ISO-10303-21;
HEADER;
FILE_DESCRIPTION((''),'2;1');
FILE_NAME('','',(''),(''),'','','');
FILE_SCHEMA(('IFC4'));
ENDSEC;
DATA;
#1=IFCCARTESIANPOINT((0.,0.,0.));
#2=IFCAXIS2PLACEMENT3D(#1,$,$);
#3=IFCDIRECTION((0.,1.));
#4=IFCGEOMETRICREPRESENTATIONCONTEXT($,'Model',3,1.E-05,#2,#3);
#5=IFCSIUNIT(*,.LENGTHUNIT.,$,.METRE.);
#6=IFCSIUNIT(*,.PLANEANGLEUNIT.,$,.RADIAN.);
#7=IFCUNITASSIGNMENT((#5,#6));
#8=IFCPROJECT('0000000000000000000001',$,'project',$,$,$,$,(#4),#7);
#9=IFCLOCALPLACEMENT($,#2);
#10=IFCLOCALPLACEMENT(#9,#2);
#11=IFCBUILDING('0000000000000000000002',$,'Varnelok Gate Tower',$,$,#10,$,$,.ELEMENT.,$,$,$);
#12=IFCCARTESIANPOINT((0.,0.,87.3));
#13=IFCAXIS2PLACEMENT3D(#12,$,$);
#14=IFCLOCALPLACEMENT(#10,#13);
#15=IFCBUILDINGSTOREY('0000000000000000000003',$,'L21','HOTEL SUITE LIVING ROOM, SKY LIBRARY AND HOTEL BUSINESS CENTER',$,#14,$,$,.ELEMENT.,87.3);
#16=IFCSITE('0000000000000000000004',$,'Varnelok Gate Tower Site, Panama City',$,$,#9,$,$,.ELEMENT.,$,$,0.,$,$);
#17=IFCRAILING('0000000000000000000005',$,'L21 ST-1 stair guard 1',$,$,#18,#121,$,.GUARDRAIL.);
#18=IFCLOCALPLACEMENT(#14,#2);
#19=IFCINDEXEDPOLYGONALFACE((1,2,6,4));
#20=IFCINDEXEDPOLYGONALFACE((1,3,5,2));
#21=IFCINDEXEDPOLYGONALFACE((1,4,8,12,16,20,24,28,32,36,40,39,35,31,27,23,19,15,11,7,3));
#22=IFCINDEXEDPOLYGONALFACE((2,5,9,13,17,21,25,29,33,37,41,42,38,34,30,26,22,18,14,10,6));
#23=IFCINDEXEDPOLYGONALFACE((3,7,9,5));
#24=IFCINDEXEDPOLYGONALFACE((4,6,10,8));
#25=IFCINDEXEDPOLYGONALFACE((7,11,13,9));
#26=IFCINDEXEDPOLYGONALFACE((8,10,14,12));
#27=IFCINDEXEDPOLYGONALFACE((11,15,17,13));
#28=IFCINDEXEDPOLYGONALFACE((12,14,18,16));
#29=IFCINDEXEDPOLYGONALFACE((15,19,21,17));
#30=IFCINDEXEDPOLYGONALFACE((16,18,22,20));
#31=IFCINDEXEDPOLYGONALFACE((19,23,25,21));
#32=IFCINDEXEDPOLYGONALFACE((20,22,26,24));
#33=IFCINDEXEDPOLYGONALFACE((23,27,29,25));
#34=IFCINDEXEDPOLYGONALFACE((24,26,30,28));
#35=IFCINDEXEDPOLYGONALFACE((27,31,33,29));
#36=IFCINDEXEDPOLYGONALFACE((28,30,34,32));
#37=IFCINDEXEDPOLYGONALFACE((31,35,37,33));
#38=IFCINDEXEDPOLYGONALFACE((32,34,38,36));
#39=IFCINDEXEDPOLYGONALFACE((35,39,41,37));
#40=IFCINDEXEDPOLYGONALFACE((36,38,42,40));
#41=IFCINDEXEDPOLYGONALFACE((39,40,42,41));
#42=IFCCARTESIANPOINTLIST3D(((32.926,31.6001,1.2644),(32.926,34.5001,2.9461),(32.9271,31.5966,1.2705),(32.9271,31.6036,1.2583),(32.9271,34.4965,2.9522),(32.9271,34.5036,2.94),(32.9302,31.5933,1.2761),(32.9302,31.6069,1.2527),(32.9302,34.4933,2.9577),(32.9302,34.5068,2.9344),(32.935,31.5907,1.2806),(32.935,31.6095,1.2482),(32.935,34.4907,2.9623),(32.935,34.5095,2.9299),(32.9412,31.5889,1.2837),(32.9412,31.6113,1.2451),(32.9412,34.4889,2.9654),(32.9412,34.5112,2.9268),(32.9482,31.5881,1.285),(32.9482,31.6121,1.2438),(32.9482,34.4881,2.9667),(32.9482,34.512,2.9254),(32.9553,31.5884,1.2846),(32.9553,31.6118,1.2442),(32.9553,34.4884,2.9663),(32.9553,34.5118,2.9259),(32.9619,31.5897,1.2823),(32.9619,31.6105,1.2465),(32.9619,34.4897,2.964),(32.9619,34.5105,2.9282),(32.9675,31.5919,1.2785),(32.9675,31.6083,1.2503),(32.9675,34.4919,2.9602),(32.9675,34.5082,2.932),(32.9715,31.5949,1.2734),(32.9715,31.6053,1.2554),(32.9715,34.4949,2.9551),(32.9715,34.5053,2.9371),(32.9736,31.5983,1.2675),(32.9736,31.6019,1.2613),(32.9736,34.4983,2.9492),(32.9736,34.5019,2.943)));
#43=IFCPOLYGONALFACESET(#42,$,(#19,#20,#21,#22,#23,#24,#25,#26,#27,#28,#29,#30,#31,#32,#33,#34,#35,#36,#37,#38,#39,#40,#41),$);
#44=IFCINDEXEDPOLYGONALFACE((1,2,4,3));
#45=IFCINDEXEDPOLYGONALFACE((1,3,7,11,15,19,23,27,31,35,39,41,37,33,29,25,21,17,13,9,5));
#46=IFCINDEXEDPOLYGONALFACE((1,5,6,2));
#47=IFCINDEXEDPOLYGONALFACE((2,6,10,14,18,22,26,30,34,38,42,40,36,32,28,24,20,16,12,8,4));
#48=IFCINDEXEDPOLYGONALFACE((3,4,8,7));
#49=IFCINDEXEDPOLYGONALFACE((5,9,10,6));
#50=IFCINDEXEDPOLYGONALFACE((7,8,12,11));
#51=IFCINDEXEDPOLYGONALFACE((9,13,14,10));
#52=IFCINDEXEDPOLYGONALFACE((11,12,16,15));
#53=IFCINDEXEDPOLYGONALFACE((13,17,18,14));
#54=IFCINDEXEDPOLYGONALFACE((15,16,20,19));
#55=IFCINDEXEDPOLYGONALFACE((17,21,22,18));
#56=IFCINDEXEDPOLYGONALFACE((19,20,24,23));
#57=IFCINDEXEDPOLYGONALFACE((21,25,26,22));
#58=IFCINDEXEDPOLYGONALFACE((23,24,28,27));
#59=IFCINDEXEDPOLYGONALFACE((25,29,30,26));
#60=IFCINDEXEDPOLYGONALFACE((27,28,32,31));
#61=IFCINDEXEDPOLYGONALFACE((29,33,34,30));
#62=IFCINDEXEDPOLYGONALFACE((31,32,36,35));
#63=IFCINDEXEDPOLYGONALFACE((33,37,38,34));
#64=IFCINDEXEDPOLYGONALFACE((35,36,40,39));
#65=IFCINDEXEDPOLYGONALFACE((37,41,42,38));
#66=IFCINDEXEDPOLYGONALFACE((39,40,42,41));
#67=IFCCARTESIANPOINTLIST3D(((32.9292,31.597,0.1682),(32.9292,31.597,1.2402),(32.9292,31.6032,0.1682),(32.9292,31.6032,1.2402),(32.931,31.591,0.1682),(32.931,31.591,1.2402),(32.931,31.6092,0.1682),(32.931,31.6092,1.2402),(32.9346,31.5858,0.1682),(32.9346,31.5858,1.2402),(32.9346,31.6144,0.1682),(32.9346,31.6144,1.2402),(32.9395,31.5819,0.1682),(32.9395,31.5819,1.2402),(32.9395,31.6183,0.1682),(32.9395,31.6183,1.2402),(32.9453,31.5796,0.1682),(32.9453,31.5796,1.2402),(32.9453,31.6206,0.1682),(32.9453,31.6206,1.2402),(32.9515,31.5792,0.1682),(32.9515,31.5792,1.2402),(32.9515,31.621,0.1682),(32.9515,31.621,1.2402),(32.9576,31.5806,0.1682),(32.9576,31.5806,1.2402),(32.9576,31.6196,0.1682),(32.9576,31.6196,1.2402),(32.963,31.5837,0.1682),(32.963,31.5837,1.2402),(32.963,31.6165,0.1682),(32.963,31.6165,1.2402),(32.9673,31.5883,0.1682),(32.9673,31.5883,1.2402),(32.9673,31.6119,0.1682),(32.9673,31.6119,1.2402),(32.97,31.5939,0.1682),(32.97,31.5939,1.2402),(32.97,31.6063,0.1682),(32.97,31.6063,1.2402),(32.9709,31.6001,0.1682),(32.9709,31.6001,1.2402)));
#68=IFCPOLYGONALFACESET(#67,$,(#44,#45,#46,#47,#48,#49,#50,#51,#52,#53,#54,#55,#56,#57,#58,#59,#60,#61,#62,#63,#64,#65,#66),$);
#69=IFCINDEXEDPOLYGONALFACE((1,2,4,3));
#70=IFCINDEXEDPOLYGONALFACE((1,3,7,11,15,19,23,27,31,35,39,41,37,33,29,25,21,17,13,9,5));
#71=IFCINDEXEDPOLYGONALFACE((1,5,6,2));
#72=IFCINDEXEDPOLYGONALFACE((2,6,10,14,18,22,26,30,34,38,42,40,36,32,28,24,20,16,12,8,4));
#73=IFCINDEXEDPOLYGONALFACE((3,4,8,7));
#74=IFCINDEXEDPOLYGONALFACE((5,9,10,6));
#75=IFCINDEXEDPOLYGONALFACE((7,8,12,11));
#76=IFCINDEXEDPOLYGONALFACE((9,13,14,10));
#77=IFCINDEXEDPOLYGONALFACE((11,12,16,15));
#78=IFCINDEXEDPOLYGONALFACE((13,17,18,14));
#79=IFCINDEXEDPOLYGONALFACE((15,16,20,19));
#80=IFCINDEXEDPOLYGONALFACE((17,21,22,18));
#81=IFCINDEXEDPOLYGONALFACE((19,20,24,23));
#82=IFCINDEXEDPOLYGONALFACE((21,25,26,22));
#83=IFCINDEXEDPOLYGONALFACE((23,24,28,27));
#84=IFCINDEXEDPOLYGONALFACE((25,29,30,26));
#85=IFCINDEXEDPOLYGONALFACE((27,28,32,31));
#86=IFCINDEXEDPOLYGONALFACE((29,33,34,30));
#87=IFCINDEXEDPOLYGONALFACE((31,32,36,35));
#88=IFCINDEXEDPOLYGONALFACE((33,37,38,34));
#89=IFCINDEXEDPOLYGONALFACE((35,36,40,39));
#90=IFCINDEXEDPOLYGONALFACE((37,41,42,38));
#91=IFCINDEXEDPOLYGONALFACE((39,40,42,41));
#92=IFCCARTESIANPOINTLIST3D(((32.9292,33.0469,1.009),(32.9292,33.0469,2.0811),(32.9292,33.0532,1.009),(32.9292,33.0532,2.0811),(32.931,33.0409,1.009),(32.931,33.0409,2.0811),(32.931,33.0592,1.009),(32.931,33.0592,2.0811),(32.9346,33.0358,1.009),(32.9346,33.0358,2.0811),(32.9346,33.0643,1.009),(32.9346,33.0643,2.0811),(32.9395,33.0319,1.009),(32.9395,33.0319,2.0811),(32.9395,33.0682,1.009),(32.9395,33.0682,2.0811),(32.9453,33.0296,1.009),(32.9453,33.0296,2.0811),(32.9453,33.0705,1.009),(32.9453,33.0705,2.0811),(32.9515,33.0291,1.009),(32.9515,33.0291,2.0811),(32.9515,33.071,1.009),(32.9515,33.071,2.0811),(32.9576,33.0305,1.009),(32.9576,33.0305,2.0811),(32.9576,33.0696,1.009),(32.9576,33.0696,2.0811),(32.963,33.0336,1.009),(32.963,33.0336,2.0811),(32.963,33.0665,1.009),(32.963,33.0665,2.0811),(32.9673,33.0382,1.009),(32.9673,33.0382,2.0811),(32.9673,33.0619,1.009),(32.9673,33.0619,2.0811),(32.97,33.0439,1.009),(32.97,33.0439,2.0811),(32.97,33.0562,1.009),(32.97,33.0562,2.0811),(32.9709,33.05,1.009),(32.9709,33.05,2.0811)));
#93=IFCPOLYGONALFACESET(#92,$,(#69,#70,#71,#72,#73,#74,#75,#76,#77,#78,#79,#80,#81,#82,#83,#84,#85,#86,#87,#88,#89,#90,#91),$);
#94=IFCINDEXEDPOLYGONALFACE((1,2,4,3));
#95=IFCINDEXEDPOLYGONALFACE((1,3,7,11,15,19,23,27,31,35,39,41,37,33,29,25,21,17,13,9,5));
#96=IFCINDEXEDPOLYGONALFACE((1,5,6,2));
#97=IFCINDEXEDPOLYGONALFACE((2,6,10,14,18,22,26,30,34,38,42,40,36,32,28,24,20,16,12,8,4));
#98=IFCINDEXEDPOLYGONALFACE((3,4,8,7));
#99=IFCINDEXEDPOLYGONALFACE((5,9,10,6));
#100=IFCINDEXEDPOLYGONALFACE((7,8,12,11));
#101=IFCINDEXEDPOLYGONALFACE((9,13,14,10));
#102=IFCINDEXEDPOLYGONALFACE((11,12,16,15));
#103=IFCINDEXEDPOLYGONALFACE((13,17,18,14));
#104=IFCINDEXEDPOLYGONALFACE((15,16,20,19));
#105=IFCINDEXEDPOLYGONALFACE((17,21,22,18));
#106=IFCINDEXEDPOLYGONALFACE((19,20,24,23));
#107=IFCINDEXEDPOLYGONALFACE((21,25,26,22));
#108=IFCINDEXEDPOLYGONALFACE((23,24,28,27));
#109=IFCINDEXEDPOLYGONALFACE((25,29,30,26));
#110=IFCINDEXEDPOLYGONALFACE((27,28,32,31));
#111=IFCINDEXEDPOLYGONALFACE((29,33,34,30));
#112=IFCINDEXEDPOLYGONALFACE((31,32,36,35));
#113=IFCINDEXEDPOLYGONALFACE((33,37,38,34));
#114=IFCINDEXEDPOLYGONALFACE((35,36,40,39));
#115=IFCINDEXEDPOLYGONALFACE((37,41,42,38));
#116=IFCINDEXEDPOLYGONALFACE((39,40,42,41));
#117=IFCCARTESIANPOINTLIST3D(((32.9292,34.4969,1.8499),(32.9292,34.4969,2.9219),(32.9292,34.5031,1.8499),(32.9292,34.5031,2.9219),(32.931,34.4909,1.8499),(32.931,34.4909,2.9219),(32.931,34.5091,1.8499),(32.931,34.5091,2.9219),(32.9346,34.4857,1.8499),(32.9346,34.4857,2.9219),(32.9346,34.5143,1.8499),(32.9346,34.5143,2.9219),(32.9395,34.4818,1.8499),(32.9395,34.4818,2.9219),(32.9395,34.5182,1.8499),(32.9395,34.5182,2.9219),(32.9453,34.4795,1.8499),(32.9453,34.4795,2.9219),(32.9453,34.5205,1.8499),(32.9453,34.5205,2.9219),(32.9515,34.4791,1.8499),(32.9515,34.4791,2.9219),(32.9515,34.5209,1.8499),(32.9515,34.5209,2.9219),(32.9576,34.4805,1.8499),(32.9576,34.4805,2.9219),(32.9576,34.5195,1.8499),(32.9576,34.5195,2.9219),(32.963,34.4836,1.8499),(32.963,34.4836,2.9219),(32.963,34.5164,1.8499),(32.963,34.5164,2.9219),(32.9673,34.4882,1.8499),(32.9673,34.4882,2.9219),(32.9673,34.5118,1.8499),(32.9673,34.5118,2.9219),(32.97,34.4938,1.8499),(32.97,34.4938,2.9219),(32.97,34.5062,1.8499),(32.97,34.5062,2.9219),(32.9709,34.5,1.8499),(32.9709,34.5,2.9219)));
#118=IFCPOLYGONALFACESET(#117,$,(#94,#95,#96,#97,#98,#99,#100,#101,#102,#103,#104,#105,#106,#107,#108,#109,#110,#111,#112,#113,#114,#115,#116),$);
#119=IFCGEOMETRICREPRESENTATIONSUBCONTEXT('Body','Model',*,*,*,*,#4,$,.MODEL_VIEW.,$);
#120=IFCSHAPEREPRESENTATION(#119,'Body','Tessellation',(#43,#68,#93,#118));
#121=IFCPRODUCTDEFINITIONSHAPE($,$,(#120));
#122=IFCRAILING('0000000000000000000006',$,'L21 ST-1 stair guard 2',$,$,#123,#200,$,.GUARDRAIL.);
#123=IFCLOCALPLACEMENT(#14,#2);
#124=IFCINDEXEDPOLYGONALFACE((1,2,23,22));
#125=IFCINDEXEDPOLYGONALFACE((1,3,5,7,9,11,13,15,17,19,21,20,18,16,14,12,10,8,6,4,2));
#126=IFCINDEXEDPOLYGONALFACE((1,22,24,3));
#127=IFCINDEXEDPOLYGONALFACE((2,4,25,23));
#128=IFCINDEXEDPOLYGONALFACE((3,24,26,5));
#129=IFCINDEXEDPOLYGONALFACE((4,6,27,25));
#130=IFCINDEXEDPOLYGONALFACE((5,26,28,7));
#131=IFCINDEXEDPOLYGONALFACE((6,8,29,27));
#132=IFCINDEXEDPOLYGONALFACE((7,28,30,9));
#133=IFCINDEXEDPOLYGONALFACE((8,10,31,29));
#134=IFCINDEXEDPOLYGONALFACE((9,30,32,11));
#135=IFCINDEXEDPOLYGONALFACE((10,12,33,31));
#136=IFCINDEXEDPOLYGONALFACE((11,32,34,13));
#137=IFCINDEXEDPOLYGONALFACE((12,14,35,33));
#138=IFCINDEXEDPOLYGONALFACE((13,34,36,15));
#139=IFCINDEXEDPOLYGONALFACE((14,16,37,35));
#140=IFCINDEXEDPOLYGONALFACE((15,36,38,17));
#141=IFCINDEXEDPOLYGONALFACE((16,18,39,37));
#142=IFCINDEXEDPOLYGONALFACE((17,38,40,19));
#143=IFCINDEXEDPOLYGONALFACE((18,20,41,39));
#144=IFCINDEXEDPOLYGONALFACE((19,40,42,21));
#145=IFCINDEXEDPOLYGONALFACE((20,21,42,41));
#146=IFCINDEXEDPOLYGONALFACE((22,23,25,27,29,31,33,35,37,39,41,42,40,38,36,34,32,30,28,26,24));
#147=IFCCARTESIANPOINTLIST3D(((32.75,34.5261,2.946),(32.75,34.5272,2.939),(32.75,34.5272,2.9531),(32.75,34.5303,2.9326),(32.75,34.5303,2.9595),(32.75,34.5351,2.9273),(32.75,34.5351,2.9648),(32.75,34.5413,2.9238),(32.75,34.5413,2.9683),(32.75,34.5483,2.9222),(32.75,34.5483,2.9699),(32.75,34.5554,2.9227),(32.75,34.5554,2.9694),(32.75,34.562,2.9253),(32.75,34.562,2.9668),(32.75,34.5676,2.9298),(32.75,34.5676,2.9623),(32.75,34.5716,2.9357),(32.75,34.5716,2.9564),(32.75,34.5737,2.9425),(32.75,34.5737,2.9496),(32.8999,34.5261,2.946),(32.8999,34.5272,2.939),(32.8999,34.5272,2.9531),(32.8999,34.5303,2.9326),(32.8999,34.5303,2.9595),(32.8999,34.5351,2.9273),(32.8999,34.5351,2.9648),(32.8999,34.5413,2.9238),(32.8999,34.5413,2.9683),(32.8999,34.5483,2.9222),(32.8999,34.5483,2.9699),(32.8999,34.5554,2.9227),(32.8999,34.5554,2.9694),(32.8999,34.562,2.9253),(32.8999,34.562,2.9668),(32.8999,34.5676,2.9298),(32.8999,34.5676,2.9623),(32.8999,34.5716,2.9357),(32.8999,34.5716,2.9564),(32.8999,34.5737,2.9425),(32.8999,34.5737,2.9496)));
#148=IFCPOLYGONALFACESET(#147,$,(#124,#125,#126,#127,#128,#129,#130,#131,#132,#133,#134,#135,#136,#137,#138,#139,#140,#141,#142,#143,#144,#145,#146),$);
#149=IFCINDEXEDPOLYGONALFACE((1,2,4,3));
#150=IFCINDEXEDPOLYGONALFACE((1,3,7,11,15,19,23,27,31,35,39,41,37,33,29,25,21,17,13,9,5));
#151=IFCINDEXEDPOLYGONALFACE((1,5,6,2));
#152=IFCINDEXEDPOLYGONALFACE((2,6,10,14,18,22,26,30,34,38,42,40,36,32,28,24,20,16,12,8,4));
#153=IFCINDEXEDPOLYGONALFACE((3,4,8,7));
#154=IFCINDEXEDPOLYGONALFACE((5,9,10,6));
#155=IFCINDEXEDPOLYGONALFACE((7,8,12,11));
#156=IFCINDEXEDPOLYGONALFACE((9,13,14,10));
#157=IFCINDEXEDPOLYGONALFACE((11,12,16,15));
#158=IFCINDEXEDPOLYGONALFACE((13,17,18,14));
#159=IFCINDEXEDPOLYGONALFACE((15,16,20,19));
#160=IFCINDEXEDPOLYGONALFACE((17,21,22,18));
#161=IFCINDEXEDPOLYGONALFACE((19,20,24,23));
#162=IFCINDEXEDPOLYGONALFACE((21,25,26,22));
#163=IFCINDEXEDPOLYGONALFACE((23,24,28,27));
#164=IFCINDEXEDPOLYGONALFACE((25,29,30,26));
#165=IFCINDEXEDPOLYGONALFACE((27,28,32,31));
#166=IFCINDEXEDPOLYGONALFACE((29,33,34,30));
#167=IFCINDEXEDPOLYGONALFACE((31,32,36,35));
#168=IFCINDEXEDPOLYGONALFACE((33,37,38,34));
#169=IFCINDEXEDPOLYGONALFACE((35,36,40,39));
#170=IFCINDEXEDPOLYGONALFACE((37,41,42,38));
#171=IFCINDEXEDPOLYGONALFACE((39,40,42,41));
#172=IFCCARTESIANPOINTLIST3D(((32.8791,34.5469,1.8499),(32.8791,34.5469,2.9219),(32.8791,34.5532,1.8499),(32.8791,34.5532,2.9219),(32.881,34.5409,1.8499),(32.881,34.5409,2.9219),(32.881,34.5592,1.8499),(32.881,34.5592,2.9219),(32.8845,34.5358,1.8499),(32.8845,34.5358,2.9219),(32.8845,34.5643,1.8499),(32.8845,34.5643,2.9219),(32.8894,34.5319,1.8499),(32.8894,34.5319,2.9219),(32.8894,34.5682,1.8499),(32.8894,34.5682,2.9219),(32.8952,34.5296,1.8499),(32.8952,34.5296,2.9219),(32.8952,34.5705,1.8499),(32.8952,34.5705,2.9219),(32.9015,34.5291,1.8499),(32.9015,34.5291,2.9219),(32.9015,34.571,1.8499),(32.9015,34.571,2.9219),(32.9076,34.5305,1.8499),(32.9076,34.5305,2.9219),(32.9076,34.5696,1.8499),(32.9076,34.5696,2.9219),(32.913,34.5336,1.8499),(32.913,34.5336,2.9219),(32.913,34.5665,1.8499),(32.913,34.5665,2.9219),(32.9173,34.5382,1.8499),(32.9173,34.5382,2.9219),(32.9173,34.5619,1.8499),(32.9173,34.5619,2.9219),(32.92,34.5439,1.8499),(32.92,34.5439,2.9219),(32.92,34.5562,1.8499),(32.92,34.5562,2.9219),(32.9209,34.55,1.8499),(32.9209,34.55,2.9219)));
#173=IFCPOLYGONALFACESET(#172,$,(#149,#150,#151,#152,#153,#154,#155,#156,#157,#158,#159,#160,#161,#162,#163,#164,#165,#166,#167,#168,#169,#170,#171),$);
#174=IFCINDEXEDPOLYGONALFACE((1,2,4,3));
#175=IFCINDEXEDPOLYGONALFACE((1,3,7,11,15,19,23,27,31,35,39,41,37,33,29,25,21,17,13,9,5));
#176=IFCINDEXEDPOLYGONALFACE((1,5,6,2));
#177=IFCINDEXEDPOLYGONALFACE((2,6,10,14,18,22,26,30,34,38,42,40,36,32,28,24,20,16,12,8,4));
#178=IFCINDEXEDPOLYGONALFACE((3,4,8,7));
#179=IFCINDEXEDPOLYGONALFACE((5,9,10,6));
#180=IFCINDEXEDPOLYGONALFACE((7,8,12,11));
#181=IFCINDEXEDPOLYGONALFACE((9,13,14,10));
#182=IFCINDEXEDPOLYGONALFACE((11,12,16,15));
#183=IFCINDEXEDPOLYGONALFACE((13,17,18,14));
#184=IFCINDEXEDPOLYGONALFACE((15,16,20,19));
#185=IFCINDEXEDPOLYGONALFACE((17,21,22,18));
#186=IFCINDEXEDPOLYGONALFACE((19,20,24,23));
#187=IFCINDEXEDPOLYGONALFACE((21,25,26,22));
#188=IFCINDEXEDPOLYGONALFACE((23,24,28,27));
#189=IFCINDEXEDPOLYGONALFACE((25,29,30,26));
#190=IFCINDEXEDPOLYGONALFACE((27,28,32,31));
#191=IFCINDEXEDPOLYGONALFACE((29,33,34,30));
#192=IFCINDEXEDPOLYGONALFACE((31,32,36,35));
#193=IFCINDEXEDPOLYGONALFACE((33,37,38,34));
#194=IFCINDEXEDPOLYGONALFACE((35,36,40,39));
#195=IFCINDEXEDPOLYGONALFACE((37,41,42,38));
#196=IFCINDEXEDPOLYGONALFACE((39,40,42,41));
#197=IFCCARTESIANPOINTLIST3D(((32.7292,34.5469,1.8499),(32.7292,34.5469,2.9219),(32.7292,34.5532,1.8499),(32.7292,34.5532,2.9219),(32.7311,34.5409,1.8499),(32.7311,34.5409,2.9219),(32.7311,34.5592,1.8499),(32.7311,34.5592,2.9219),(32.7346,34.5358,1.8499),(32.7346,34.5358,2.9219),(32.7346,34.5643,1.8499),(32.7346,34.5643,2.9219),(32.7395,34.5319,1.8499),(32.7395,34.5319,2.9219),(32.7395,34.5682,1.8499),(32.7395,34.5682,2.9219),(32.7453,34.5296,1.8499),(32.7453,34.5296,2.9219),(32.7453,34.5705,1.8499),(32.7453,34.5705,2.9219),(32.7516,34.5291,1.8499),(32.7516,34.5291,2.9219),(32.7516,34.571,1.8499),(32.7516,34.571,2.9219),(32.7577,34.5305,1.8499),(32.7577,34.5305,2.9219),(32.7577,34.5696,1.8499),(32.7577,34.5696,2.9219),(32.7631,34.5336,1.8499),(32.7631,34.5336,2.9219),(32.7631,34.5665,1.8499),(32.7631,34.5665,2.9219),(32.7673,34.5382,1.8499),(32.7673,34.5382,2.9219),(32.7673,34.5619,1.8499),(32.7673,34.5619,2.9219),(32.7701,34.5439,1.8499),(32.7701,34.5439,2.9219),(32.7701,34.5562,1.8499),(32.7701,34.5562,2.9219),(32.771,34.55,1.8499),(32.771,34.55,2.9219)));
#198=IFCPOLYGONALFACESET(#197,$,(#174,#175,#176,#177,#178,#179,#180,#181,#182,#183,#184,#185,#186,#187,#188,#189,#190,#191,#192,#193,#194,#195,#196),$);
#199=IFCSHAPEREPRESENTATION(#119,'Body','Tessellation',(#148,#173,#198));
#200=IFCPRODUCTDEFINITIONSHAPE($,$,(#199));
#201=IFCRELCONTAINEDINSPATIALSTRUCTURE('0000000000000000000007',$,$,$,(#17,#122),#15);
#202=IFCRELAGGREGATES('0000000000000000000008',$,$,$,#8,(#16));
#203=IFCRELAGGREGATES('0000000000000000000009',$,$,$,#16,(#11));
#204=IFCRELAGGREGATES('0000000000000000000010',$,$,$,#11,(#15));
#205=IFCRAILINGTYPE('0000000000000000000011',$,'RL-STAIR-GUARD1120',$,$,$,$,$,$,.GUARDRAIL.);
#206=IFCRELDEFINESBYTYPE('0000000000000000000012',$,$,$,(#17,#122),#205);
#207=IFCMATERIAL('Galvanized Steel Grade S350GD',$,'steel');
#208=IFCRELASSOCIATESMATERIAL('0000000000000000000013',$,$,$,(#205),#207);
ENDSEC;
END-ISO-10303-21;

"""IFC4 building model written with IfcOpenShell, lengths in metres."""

from ifc_helpers import new_model, si_unit, direction, frame, origin, origin_2d, place, context, subcontext, project, spatial, circle, extrude, material, type_object, element, save


model = new_model("IFC4")

# Units and contexts
model_context = context("Model", 3, precision=1e-05, world=origin(), true_north=direction((0.0, 1.0)))
body_context = subcontext(model_context, "Body", "Model", "MODEL_VIEW")
ifc_project = project(units=[si_unit("LENGTHUNIT", "METRE"), si_unit("PLANEANGLEUNIT", "RADIAN")], contexts=[model_context])

# Site, building, storey
site_placement = place(None, origin())
site = spatial("IfcSite", under=ifc_project, at=site_placement, Name="Varnelok Gate Tower Site, Panama City", CompositionType="ELEMENT", RefElevation=0.0)
building_placement = place(site_placement, origin())
building = spatial("IfcBuilding", under=site, at=building_placement, Name="Varnelok Gate Tower", CompositionType="ELEMENT")
storey_placement = place(building_placement, frame((0.0, 0.0, 87.3)))
storey = spatial("IfcBuildingStorey", under=building, at=storey_placement, Name="L21", Description="HOTEL SUITE LIVING ROOM, SKY LIBRARY AND HOTEL BUSINESS CENTER", CompositionType="ELEMENT", Elevation=87.3)

# Shared definitions
ifc_material_1 = material(Name="Galvanized Steel Grade S350GD", Category="steel")

# Railings
railing_type_1 = type_object("IfcRailingType", Name="RL-STAIR-GUARD1120", PredefinedType="GUARDRAIL", material=ifc_material_1)
railing_1_placement = place(storey_placement, frame((32.95, 31.6001, 0.1682)))
element("IfcRailing", 1, at=railing_1_placement, inside=storey, type_object=railing_type_1, Name="L21 ST-1 stair guard 1", PredefinedType="GUARDRAIL", context=body_context, shape_type="SweptSolid", body=[
    extrude(circle(Radius=0.0239, at=origin_2d()), frame((0.0, 0.0, 1.0962), z_axis=(0.0, 0.86507, 0.501651), x_axis=(-1.0, 0.0, 0.0)), (0.0, 0.0, 1.0), 3.3523),
    extrude(circle(Radius=0.021, at=origin_2d()), origin(), (0.0, 0.0, 1.0), 1.072),
    extrude(circle(Radius=0.021, at=origin_2d()), frame((0.0, 1.45, 0.8408)), (0.0, 0.0, 1.0), 1.072),
    extrude(circle(Radius=0.021, at=origin_2d()), frame((0.0, 2.8999, 1.6816)), (0.0, 0.0, 1.0), 1.072),
])
railing_2_placement = place(storey_placement, frame((32.8999, 34.55, 1.8499)))
element("IfcRailing", 2, at=railing_2_placement, inside=storey, type_object=railing_type_1, Name="L21 ST-1 stair guard 2", PredefinedType="GUARDRAIL", context=body_context, shape_type="SweptSolid", body=[
    extrude(circle(Radius=0.0239, at=origin_2d()), frame((0.0, 0.0, 1.0962), z_axis=(-1.0, 0.0, 0.0), x_axis=(0.0, -1.0, 0.0)), (0.0, 0.0, 1.0), 0.1499),
    extrude(circle(Radius=0.021, at=origin_2d()), origin(), (0.0, 0.0, 1.0), 1.072),
    extrude(circle(Radius=0.021, at=origin_2d()), frame((-0.1499, 0.0, 0.0)), (0.0, 0.0, 1.0), 1.072),
])

save(model, "model.ifc")
